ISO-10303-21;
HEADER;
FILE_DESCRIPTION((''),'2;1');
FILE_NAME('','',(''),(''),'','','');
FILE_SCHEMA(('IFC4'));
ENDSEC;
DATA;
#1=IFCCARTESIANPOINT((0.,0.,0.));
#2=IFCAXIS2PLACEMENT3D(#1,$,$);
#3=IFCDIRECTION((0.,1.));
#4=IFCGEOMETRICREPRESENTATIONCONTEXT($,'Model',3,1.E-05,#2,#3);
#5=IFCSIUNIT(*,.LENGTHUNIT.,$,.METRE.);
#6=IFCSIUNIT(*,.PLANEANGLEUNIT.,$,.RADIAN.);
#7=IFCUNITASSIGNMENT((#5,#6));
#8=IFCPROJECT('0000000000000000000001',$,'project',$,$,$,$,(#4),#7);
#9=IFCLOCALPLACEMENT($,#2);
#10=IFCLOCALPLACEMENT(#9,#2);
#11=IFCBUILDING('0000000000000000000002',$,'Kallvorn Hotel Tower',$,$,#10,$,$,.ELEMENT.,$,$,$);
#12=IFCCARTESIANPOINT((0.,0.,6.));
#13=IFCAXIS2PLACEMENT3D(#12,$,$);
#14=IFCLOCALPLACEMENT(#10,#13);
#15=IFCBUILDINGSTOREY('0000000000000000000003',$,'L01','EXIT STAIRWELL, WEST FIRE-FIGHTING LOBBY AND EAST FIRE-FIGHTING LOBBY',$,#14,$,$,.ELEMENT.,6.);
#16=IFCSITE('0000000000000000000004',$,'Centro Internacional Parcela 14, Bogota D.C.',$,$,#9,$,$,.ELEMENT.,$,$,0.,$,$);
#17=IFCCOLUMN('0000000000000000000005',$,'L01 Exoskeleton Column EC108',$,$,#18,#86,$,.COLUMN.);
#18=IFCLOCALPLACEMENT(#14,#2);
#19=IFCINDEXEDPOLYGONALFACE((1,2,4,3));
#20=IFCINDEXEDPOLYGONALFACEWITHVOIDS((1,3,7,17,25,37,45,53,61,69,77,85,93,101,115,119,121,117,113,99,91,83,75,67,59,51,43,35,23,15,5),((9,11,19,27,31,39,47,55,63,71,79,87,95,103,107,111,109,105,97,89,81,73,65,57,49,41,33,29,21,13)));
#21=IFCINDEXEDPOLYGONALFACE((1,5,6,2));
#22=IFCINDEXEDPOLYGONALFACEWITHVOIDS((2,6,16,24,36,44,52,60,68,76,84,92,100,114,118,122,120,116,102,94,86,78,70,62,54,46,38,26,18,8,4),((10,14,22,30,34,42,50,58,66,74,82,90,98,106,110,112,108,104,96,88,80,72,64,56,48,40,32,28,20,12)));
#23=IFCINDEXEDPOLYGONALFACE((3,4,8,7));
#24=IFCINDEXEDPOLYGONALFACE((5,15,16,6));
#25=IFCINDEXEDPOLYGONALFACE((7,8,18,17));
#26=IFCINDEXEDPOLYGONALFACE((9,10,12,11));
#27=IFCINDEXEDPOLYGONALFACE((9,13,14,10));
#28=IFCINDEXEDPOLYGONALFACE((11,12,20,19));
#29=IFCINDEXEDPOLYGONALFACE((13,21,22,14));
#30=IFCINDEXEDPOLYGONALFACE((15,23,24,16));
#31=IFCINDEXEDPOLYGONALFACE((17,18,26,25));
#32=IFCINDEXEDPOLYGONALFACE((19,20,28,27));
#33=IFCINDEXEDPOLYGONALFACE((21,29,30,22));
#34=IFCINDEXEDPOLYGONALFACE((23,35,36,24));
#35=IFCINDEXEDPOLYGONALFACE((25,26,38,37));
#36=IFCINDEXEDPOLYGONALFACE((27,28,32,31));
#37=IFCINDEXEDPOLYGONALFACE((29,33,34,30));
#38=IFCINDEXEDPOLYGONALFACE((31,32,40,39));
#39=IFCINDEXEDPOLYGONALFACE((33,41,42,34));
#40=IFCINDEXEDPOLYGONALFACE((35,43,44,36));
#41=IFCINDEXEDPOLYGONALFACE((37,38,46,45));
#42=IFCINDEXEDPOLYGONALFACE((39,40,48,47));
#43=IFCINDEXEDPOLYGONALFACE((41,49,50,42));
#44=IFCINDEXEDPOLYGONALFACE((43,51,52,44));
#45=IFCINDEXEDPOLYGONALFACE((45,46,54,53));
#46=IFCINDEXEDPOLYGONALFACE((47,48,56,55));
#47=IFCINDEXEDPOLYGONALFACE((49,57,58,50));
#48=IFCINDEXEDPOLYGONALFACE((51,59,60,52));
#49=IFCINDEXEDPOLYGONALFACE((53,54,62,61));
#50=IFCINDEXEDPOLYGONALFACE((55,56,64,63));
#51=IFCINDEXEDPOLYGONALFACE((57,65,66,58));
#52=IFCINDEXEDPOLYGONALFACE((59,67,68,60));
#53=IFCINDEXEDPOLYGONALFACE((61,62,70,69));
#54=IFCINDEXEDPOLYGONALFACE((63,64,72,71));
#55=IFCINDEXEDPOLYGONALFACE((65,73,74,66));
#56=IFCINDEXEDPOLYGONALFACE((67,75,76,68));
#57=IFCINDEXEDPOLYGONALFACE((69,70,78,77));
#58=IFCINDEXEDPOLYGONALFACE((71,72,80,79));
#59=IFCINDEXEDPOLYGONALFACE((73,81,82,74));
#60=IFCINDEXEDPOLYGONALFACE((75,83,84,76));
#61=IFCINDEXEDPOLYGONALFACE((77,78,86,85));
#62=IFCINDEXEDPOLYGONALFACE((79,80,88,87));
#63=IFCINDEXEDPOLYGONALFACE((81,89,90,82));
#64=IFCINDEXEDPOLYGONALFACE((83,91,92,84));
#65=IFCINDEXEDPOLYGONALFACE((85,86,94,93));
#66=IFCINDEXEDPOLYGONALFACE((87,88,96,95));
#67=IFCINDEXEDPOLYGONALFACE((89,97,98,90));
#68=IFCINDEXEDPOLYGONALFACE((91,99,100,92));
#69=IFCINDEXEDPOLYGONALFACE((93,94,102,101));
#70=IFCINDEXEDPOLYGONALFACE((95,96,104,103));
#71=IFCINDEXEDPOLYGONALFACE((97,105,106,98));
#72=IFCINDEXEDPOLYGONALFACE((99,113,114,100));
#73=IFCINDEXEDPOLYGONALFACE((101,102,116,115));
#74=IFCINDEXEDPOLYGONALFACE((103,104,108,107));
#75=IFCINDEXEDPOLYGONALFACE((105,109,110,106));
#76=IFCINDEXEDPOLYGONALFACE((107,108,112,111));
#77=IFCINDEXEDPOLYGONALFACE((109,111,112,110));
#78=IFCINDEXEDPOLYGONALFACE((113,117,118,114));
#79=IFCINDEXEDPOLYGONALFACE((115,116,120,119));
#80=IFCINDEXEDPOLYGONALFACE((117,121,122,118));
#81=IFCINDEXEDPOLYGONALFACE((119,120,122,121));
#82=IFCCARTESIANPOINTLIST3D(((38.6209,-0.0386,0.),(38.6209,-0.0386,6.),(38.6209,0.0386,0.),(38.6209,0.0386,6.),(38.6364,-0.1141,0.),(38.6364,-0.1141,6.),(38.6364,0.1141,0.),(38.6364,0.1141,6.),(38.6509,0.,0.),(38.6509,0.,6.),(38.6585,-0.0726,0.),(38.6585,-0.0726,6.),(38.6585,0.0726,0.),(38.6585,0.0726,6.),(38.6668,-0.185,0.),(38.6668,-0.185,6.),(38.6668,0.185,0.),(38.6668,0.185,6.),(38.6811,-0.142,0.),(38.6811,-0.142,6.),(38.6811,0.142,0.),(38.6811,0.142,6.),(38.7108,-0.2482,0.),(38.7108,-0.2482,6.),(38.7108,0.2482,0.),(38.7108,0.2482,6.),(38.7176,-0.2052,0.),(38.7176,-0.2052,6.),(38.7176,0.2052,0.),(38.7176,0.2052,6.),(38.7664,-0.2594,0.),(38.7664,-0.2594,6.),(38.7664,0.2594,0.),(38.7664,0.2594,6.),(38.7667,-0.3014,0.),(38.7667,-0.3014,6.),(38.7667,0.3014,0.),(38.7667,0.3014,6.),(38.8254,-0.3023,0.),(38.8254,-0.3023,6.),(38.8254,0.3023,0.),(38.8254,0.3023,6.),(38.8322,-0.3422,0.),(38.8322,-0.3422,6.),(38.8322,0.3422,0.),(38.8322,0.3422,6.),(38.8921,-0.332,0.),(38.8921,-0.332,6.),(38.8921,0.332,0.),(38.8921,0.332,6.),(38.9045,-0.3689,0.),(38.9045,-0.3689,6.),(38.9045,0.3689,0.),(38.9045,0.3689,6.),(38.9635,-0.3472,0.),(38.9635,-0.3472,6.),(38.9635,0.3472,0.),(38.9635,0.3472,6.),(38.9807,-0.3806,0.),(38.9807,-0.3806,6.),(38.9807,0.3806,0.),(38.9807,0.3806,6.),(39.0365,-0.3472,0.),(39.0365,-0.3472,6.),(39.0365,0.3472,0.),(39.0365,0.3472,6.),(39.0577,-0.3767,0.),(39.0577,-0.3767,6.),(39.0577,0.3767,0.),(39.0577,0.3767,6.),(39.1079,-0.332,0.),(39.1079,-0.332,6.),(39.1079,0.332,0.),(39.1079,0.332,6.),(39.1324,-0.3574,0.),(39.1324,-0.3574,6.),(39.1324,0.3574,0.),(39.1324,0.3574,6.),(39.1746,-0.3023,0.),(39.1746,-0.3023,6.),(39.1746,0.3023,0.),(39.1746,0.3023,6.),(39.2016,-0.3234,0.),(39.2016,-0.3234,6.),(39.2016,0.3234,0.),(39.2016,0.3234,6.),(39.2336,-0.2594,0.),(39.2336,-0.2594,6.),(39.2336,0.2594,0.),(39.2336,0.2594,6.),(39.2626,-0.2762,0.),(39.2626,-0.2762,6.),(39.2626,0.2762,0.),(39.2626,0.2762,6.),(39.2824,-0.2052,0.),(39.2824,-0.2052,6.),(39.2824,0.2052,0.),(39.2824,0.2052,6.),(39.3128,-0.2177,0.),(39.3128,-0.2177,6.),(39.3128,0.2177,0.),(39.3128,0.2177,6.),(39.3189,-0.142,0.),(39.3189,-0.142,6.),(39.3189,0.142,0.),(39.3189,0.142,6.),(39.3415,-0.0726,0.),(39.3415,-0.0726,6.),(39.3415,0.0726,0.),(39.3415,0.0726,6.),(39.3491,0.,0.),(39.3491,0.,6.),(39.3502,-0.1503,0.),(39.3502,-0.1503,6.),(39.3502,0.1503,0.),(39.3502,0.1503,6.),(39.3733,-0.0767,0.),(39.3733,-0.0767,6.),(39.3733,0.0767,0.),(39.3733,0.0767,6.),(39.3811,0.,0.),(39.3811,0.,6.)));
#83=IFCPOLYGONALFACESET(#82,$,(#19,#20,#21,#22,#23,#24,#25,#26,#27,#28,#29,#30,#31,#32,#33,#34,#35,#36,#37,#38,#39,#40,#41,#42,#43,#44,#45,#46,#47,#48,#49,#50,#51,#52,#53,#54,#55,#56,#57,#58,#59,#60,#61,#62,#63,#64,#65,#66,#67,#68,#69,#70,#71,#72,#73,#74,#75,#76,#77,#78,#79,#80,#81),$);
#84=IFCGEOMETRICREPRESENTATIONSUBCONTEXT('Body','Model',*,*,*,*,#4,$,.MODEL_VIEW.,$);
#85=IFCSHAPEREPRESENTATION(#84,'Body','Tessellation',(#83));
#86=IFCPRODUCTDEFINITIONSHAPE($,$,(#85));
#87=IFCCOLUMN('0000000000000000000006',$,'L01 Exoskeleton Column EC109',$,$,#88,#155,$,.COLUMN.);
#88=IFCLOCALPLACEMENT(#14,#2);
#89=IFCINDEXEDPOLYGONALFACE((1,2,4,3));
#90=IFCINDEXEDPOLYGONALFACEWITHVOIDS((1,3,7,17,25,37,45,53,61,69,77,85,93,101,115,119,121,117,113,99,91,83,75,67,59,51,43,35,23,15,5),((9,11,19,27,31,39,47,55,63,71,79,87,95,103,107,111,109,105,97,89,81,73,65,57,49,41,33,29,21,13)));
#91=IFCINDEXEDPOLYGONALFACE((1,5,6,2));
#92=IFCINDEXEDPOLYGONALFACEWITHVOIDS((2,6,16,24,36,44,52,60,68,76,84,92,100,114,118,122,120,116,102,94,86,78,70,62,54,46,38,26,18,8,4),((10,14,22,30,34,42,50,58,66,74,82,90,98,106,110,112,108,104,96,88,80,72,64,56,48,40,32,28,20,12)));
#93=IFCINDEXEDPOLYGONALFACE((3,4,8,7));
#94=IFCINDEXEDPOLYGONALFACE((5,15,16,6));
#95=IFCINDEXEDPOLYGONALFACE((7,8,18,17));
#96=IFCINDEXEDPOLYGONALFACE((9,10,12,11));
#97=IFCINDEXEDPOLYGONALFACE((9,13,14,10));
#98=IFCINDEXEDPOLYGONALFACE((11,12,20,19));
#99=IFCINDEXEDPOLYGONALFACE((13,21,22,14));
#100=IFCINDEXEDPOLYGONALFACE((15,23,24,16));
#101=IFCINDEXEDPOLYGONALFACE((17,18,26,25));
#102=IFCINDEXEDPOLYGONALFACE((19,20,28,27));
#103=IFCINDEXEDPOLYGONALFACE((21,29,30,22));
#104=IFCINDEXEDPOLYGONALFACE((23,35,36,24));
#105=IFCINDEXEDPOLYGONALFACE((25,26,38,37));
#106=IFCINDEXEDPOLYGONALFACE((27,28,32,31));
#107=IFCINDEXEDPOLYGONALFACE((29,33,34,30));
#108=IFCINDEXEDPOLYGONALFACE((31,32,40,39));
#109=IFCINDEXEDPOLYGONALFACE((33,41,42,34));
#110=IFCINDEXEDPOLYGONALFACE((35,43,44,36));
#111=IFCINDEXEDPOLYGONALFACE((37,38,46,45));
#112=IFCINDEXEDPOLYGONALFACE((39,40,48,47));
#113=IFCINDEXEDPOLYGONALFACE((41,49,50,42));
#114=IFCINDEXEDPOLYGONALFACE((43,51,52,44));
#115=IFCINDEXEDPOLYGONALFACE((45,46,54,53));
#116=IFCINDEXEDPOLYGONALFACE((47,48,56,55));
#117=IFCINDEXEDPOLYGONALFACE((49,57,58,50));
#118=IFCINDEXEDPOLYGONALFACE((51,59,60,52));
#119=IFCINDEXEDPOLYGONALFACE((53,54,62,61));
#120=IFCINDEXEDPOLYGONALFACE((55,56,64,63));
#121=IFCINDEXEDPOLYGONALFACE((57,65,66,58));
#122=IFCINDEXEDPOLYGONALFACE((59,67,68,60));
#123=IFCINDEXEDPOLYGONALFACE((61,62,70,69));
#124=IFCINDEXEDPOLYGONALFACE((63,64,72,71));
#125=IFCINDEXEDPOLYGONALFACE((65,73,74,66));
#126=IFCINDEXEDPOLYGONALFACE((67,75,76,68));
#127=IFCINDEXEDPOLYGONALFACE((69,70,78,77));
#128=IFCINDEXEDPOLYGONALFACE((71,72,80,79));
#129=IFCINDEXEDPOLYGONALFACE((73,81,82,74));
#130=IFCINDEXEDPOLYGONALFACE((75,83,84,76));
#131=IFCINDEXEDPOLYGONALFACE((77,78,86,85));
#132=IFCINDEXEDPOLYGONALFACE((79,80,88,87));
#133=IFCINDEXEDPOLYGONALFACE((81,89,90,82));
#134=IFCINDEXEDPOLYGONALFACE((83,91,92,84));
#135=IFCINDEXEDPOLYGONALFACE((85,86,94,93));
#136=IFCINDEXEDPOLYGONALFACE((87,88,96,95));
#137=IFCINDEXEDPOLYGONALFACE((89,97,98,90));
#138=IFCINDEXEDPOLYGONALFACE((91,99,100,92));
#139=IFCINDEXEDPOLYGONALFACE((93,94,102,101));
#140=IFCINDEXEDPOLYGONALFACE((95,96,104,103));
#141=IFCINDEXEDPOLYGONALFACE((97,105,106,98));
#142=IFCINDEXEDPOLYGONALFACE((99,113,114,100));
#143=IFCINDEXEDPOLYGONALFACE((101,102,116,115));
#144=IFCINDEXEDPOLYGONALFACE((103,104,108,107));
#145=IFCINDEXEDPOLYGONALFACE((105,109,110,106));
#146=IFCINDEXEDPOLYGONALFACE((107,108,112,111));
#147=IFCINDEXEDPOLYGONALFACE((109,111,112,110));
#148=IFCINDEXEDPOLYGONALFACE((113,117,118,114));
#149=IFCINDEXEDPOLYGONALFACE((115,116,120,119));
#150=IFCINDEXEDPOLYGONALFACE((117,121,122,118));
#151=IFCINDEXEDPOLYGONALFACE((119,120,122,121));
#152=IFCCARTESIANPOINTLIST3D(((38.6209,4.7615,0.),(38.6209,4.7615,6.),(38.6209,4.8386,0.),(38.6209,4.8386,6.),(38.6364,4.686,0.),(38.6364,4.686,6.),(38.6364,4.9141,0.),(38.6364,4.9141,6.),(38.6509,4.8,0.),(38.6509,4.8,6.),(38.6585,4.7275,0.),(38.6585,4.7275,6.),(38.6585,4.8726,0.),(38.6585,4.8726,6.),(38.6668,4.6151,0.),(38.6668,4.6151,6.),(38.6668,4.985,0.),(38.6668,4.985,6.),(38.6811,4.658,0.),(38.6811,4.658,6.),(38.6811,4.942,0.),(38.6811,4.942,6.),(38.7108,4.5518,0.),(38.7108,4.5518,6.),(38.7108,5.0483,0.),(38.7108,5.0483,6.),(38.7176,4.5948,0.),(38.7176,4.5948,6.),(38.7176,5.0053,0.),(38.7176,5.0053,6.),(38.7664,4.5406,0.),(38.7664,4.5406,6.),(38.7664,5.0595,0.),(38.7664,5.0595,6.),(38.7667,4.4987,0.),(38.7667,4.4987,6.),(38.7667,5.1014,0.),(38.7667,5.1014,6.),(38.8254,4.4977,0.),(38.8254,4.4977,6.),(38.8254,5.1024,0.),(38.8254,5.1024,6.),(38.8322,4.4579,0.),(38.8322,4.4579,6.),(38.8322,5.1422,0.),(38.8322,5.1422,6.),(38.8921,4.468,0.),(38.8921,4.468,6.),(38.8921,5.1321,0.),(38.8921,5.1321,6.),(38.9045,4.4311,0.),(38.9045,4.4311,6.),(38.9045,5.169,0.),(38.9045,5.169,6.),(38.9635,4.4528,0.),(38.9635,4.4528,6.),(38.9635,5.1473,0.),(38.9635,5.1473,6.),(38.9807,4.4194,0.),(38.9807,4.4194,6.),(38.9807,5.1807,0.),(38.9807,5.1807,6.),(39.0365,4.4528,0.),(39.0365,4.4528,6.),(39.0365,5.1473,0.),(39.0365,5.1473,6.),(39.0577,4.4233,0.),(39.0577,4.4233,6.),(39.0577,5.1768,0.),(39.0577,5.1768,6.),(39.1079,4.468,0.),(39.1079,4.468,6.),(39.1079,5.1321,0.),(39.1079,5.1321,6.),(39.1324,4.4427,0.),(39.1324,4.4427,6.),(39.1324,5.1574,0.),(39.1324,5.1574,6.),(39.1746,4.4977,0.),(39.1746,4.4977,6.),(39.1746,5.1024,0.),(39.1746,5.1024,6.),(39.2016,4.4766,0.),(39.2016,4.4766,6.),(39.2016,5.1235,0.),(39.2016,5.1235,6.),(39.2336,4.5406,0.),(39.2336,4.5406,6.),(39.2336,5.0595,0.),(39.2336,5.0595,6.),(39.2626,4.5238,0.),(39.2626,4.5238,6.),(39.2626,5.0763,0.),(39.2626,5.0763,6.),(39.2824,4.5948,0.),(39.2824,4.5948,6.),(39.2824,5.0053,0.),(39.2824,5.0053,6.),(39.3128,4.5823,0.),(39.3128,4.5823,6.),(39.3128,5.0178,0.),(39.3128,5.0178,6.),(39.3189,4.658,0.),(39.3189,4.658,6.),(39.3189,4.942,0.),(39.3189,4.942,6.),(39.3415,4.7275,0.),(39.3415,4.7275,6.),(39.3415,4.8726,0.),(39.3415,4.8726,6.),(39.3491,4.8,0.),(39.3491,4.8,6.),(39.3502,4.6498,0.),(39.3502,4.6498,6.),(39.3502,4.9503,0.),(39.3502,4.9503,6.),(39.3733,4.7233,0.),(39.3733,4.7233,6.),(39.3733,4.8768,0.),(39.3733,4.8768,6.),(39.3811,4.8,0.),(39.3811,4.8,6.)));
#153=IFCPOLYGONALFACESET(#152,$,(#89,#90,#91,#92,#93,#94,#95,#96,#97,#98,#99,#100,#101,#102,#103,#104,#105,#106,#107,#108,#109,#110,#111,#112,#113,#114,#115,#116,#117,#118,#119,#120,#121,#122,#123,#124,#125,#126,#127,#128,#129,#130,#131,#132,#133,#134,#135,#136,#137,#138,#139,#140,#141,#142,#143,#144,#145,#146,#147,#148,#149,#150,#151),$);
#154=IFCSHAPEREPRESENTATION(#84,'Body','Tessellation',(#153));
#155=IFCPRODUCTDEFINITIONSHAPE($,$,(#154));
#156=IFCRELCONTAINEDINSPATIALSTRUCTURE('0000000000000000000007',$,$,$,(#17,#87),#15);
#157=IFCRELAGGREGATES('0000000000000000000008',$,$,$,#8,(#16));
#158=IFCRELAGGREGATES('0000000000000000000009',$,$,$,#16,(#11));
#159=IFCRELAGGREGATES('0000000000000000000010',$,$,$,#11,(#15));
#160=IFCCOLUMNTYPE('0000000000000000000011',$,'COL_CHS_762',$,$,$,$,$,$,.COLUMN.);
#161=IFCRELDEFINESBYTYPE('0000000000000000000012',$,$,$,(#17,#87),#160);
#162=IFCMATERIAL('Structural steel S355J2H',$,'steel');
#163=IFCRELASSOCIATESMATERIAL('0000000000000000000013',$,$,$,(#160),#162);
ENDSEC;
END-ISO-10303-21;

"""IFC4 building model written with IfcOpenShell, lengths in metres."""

from ifc_helpers import new_model, si_unit, direction, frame, origin, origin_2d, place, context, subcontext, project, spatial, hollow_circle, extrude, material, material_profile, profile_set, type_object, element, save


model = new_model("IFC4")

# Units and contexts
model_context = context("Model", 3, precision=1e-05, world=origin(), true_north=direction((0.0, 1.0)))
body_context = subcontext(model_context, "Body", "Model", "MODEL_VIEW")
ifc_project = project(units=[si_unit("LENGTHUNIT", "METRE"), si_unit("PLANEANGLEUNIT", "RADIAN")], contexts=[model_context])

# Site, building, storey
site_placement = place(None, origin())
site = spatial("IfcSite", under=ifc_project, at=site_placement, Name="Centro Internacional Parcela 14, Bogota D.C.", CompositionType="ELEMENT", RefElevation=0.0)
building_placement = place(site_placement, origin())
building = spatial("IfcBuilding", under=site, at=building_placement, Name="Kallvorn Hotel Tower", CompositionType="ELEMENT")
storey_placement = place(building_placement, frame((0.0, 0.0, 6.0)))
storey = spatial("IfcBuildingStorey", under=building, at=storey_placement, Name="L01", Description="EXIT STAIRWELL, WEST FIRE-FIGHTING LOBBY AND EAST FIRE-FIGHTING LOBBY", CompositionType="ELEMENT", Elevation=6.0)

# Columns
ifc_material_1 = material(Name="Structural steel S355J2H", Category="steel")
ifc_material_profile_1 = material_profile(ifc_material_1, hollow_circle(Radius=0.3811, WallThickness=0.032, at=origin_2d()), Name="CHS 762x32")
ifc_profile_set_1 = profile_set([ifc_material_profile_1], Name="Structural steel S355J2H")
column_type_1 = type_object("IfcColumnType", Name="COL_CHS_762", PredefinedType="COLUMN", material=ifc_profile_set_1)
for number, where, z_axis, x_axis, name in (
    (1, (39.0, 0.0, 0.0), (0.0, 0.0, 1.0), (1.0, 0.0, 0.0), "L01 Exoskeleton Column EC108"),
    (2, (39.0, 4.8, 0.0), (0.0, 0.0, 1.0), (1.0, 0.0, 0.0), "L01 Exoskeleton Column EC109"),
):
    element("IfcColumn", number, at=place(storey_placement, frame(where, z_axis=z_axis, x_axis=x_axis)), inside=storey, type_object=column_type_1, Name=name, PredefinedType="COLUMN", context=body_context, shape_type="SweptSolid", body=[
        extrude(hollow_circle(Radius=0.3811, WallThickness=0.032, at=origin_2d()), origin(), (0.0, 0.0, 1.0), 6.0),
    ])

save(model, "model.ifc")
